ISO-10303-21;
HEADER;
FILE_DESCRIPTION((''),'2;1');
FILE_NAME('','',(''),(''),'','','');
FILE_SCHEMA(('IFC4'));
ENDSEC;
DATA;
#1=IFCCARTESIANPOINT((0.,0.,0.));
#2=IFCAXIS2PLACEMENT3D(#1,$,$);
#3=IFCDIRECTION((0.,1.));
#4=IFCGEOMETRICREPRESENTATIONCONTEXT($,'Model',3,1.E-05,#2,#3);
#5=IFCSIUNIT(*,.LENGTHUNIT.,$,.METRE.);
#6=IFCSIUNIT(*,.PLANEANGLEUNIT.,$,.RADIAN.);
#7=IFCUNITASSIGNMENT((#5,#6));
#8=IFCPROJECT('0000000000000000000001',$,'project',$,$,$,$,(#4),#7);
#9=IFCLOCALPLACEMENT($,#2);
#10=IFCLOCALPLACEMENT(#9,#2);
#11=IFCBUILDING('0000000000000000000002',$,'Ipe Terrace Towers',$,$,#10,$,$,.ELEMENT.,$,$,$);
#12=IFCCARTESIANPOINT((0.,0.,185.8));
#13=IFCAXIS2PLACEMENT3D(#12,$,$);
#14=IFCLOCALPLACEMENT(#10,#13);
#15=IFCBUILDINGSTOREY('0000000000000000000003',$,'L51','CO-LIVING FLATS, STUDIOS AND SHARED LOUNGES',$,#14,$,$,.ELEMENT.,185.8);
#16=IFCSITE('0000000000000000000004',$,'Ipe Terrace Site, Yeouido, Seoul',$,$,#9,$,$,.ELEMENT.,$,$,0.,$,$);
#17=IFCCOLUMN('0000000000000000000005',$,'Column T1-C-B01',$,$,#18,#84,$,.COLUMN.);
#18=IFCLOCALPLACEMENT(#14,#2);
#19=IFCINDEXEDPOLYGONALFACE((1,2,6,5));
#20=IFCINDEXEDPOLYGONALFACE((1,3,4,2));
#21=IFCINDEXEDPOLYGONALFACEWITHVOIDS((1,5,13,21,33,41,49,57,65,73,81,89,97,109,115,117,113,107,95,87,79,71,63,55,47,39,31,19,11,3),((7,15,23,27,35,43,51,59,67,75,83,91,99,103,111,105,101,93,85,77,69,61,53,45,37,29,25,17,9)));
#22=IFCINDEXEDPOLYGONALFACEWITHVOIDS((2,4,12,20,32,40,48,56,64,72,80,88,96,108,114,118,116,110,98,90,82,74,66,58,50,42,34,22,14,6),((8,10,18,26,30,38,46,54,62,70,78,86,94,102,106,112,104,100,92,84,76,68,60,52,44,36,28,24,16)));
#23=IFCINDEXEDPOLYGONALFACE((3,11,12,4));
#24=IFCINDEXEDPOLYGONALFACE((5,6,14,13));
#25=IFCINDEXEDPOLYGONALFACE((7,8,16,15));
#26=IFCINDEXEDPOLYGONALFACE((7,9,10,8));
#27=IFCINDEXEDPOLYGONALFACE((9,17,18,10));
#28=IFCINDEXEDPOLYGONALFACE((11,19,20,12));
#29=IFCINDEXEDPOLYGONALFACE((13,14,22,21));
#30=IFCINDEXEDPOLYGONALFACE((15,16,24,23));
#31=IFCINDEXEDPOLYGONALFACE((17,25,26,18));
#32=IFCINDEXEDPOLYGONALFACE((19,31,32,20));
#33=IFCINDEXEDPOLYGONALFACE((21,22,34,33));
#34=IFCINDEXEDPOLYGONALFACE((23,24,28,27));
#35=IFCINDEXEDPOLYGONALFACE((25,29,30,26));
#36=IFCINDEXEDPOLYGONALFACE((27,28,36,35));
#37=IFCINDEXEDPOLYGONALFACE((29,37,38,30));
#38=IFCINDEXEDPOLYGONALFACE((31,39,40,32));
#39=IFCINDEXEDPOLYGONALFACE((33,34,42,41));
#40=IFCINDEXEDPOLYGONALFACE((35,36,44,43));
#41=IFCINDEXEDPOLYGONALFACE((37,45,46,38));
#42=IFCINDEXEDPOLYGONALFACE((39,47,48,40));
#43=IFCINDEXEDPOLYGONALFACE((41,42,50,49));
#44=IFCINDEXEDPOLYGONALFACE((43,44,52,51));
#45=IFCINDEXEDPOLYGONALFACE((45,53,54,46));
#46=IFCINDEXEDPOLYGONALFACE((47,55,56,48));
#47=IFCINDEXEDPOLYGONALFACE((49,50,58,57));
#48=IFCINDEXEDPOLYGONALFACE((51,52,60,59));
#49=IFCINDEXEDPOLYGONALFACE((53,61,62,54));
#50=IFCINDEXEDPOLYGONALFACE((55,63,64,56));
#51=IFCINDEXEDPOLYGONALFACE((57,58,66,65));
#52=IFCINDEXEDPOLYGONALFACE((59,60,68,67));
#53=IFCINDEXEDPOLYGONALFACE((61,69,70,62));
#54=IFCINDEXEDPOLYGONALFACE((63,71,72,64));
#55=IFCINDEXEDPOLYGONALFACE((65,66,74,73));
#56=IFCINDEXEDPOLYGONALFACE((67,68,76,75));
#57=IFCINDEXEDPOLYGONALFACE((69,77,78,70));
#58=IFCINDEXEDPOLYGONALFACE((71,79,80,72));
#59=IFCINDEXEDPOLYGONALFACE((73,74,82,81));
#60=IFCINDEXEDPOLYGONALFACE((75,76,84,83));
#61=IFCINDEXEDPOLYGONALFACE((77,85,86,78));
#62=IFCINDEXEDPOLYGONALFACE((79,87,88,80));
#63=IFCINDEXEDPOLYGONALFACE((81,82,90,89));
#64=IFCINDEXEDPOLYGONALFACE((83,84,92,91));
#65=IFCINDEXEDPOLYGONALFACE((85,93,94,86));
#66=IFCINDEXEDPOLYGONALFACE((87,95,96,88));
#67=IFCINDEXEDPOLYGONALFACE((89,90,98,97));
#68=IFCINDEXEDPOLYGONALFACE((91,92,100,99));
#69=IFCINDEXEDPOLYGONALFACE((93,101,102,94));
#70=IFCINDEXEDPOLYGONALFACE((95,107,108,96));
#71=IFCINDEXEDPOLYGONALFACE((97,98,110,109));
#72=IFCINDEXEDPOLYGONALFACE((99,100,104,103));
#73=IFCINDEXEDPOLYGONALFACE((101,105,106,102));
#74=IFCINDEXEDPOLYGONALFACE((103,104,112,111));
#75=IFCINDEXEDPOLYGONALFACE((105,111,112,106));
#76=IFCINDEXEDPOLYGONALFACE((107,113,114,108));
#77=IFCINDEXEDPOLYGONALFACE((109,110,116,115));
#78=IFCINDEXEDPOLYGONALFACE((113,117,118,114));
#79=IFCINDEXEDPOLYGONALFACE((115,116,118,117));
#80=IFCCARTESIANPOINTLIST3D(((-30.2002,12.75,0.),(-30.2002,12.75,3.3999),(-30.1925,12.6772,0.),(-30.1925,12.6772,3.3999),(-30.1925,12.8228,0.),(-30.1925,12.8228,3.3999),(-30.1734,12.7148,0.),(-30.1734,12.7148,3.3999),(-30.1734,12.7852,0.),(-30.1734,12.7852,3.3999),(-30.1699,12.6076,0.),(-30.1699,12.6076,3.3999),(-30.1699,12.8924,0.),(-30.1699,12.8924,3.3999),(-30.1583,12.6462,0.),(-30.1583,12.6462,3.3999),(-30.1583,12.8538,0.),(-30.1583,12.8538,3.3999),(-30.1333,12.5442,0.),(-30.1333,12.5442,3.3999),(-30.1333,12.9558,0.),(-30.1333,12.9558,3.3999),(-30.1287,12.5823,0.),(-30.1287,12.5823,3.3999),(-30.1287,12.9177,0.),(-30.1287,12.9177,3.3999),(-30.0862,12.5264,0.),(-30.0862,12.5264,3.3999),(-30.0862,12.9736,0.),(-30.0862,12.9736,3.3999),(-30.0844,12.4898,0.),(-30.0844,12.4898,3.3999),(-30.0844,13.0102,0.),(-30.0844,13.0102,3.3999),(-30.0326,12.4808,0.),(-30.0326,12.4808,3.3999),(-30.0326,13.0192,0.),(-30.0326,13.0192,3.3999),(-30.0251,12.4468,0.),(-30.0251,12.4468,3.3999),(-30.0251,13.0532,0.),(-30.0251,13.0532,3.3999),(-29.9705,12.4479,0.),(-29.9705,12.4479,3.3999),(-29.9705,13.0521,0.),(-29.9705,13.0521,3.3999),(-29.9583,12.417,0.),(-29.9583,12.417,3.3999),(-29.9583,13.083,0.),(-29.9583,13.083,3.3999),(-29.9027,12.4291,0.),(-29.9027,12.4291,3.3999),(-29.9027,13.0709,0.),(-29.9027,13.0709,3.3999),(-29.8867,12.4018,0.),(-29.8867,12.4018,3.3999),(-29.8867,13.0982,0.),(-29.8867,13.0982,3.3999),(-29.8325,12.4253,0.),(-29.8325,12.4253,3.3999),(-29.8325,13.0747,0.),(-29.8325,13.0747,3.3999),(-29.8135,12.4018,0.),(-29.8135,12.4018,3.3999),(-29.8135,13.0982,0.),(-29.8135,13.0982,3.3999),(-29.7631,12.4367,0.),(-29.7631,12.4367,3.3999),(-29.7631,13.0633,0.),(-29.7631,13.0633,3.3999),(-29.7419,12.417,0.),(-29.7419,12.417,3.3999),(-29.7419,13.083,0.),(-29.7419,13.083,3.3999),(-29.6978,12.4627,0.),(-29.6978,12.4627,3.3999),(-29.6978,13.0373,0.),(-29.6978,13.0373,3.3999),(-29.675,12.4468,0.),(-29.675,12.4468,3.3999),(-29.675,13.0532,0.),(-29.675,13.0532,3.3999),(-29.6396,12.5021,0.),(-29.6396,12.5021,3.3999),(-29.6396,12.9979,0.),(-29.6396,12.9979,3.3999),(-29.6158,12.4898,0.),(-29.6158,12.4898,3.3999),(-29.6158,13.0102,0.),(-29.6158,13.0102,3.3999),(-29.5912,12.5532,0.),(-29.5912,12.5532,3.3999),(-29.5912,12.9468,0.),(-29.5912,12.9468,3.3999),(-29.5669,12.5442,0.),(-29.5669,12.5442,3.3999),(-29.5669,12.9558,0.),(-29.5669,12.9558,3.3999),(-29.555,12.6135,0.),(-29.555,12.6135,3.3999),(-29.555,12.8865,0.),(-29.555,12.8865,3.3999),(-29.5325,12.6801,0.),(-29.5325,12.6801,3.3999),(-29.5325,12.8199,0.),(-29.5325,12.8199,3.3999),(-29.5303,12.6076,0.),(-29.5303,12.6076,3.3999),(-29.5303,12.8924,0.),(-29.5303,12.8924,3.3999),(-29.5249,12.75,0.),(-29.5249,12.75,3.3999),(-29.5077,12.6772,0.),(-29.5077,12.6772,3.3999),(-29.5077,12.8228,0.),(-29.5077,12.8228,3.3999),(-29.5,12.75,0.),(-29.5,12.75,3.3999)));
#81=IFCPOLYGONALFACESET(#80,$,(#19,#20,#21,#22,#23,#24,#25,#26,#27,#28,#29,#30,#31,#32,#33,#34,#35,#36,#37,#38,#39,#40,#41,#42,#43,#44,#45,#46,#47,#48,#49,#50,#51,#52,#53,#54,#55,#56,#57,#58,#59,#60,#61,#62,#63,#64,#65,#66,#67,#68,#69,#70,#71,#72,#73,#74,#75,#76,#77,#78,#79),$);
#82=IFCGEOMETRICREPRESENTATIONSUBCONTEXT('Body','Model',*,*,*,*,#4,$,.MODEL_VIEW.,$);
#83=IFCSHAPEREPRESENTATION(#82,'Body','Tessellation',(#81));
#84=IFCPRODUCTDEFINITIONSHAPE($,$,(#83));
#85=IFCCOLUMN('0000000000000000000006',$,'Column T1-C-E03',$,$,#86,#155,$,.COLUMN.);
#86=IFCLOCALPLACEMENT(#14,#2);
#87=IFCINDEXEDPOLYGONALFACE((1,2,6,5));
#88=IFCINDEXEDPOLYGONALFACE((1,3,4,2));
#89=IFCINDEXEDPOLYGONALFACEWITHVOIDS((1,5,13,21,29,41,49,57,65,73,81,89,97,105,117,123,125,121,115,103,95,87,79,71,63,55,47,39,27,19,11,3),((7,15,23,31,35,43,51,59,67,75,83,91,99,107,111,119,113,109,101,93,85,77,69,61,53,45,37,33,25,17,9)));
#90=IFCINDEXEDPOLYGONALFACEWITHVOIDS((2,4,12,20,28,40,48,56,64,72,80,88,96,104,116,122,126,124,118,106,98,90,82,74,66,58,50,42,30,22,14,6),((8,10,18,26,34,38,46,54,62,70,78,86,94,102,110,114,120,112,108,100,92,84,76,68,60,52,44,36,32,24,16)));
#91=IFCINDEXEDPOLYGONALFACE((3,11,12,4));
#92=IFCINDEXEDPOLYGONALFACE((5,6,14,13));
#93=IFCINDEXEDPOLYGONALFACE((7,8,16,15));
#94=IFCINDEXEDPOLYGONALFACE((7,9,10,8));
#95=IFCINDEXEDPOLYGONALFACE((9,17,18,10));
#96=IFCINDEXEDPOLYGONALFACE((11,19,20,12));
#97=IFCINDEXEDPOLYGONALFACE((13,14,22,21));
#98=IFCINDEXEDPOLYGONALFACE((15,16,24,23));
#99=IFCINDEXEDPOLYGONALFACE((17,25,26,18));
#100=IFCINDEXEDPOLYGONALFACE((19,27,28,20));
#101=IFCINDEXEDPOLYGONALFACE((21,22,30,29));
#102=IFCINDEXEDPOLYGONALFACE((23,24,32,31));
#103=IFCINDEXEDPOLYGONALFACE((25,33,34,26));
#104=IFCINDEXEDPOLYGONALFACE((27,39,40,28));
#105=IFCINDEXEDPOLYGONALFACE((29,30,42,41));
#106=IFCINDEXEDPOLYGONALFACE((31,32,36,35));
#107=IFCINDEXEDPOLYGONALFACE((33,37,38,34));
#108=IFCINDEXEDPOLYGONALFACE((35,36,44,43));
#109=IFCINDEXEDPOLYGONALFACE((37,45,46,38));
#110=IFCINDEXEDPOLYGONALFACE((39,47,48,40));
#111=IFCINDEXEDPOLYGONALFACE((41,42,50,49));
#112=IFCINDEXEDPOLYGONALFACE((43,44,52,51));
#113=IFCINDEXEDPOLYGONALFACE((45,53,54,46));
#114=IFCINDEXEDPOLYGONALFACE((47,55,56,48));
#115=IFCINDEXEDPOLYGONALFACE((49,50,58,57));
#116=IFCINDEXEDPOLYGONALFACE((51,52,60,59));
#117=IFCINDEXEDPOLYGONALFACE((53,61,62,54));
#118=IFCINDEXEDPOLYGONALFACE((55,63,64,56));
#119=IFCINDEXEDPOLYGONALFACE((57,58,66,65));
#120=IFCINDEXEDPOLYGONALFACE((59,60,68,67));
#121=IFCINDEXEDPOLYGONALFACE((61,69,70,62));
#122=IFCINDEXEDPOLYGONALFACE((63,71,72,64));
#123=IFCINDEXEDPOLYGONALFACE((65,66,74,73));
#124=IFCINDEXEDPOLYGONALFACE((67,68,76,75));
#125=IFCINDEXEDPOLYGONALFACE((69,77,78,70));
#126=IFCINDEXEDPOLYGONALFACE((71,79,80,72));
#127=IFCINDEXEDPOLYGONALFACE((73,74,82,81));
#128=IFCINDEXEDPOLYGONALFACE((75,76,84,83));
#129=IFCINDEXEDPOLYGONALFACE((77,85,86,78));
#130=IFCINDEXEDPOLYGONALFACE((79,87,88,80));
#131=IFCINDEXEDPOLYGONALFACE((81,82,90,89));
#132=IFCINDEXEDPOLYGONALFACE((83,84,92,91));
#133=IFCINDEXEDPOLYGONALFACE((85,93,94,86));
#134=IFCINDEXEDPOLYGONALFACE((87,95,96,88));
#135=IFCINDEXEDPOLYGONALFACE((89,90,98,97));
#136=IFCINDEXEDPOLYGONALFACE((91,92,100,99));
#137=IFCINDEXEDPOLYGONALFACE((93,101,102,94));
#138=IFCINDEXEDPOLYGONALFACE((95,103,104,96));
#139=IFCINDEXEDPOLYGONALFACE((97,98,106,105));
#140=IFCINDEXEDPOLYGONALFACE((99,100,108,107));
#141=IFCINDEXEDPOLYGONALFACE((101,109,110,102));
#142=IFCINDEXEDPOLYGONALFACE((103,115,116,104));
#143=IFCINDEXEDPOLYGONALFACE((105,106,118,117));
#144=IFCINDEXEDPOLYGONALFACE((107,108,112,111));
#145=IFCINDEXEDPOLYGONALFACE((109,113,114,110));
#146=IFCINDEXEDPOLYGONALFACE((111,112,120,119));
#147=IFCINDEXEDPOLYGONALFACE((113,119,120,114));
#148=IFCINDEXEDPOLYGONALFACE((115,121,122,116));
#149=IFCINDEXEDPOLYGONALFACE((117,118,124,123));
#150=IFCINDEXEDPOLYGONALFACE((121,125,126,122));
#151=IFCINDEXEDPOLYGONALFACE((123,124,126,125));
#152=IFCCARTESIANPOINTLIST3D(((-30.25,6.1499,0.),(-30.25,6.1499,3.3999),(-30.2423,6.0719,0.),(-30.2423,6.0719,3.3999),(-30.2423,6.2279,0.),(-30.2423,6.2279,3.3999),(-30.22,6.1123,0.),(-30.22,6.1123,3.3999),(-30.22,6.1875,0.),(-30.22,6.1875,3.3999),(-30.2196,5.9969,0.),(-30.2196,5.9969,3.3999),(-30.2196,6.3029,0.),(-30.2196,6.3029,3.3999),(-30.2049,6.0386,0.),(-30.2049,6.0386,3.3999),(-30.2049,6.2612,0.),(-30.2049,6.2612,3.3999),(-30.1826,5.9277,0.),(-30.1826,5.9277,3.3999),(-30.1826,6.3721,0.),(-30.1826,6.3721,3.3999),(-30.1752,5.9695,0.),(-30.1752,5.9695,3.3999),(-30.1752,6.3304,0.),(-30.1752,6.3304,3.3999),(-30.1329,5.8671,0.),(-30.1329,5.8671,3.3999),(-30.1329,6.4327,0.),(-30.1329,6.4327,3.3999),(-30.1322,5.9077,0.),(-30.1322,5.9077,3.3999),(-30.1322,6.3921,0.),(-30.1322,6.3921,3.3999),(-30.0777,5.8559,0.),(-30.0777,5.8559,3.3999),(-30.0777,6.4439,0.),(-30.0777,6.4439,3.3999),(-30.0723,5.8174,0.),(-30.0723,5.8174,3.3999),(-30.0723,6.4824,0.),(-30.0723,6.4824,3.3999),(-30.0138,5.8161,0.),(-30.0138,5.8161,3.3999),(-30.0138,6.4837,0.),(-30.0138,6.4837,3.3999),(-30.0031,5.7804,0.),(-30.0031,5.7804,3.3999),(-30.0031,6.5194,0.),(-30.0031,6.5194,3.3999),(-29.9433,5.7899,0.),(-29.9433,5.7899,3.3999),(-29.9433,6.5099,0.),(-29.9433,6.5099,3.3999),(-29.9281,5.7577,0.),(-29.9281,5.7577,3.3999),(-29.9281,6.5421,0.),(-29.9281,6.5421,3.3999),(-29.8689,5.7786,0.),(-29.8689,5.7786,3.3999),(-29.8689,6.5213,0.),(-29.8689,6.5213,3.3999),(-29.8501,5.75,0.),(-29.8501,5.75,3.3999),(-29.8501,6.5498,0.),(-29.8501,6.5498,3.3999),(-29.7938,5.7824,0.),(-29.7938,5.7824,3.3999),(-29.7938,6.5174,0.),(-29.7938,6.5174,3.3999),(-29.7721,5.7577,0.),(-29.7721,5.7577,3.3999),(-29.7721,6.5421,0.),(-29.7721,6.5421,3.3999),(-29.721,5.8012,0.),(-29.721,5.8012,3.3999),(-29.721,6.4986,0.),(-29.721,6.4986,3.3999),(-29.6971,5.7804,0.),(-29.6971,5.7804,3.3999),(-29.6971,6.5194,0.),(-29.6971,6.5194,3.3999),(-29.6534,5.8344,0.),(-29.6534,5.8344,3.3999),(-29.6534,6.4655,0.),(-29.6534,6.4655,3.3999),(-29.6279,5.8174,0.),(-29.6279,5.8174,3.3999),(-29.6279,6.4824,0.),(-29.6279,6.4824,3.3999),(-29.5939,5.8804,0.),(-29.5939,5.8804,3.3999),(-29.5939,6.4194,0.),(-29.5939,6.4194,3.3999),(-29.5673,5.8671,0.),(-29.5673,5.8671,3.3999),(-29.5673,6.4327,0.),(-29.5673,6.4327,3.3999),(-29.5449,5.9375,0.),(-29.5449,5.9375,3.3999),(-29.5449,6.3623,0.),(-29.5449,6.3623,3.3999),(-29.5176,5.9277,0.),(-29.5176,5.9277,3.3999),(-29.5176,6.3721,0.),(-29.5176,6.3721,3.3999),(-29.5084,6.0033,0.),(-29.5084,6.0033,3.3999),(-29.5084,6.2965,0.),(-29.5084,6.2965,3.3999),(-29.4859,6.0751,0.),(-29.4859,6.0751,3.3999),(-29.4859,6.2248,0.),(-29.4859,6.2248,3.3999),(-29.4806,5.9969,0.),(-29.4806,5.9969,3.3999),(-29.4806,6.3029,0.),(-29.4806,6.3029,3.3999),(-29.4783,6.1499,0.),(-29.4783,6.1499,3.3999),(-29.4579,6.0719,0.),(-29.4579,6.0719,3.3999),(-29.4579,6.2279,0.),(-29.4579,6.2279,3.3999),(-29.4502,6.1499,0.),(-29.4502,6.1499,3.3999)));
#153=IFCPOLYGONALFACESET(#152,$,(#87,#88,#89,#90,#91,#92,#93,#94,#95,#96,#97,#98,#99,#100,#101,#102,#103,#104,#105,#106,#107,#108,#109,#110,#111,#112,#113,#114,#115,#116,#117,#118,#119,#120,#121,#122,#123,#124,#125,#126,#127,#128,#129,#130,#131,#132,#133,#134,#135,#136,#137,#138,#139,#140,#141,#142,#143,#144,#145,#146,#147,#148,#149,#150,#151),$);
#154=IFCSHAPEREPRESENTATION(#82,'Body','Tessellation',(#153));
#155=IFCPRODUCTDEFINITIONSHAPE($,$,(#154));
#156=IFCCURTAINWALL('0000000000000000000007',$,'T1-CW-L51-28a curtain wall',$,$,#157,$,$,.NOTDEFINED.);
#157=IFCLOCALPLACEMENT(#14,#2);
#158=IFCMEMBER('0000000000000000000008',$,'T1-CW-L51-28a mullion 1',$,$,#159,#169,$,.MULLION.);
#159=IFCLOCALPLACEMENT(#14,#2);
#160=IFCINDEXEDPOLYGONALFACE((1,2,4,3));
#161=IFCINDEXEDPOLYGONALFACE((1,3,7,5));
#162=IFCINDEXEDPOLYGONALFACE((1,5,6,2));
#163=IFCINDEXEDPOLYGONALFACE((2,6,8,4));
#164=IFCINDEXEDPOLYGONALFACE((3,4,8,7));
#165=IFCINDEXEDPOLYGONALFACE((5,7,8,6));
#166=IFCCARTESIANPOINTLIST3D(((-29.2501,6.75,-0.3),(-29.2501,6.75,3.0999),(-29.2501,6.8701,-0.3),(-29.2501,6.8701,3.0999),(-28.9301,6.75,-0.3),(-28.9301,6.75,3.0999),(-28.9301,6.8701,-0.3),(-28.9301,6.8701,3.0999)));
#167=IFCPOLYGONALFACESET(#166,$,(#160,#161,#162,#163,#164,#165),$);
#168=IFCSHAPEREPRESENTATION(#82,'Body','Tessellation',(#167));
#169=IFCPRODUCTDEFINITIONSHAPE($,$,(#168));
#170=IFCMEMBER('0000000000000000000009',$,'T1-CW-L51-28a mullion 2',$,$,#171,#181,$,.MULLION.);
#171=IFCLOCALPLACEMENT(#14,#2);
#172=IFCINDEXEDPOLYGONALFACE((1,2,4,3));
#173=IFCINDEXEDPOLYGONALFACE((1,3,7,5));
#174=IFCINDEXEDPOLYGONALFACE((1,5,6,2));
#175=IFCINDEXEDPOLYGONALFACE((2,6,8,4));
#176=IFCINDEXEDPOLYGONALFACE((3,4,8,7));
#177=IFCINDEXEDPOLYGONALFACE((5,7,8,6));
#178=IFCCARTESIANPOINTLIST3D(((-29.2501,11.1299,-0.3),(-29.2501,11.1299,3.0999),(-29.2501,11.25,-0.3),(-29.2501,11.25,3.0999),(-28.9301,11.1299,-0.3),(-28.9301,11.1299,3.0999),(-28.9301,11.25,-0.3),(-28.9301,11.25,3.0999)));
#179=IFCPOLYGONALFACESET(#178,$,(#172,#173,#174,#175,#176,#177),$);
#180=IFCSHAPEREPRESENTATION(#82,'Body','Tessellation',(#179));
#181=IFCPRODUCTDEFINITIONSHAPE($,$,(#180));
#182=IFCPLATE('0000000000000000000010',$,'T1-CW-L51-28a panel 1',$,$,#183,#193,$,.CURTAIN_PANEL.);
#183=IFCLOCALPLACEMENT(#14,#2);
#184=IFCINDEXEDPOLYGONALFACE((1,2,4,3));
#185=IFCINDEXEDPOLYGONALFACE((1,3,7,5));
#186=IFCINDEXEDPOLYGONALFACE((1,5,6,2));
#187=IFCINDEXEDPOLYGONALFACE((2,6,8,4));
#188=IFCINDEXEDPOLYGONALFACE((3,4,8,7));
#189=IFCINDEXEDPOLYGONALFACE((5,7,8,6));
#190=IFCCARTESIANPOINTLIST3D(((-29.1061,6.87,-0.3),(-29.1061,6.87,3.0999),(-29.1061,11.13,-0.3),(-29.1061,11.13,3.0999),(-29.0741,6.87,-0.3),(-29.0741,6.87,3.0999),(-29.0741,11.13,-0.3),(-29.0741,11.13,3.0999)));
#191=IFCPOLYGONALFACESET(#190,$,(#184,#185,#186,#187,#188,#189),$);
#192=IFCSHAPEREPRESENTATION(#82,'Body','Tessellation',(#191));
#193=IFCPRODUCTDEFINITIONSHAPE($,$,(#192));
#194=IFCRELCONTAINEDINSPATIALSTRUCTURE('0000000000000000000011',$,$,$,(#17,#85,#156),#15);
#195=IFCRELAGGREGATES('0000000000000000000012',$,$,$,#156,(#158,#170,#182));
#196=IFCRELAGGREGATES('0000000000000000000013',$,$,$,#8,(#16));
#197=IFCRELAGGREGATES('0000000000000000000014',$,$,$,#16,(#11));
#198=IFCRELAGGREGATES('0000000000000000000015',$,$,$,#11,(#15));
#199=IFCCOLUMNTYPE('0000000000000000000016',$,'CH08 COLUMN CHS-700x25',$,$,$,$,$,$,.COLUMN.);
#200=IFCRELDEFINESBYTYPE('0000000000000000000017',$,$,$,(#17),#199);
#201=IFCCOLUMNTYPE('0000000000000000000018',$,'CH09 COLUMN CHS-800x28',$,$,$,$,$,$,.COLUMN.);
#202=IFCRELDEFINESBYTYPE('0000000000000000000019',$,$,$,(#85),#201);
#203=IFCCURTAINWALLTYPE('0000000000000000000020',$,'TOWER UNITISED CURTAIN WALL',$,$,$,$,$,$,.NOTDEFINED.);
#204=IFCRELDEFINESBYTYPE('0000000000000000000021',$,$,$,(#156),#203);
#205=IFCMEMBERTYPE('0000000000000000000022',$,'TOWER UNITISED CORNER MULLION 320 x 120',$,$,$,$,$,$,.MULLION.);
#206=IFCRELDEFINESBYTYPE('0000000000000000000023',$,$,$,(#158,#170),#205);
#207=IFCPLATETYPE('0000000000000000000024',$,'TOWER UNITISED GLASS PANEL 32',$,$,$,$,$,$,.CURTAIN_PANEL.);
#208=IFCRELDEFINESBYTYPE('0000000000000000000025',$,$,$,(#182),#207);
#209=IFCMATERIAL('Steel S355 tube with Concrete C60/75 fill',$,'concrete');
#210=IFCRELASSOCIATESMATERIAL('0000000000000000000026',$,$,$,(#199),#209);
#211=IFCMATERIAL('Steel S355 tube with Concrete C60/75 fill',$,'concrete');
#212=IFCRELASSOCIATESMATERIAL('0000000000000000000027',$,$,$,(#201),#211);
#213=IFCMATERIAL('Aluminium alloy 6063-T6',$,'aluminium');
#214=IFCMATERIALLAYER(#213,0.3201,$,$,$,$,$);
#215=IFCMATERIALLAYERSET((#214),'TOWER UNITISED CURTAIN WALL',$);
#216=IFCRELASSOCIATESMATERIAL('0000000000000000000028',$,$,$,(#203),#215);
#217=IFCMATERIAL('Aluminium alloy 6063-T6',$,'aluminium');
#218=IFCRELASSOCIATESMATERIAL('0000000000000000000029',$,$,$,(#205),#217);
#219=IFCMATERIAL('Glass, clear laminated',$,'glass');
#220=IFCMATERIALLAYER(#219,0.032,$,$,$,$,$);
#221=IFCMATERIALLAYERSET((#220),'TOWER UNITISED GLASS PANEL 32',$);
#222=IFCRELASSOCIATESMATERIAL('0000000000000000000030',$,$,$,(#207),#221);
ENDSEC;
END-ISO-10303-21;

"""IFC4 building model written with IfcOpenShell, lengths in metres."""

from ifc_helpers import new_model, si_unit, direction, frame, origin, origin_2d, place, context, subcontext, project, spatial, rectangle, hollow_circle, extrude, material, layer, layer_set, material_profile, profile_set, type_object, element, aggregate, save


model = new_model("IFC4")

# Units and contexts
model_context = context("Model", 3, precision=1e-05, world=origin(), true_north=direction((0.0, 1.0)))
body_context = subcontext(model_context, "Body", "Model", "MODEL_VIEW")
ifc_project = project(units=[si_unit("LENGTHUNIT", "METRE"), si_unit("PLANEANGLEUNIT", "RADIAN")], contexts=[model_context])

# Site, building, storey
site_placement = place(None, origin())
site = spatial("IfcSite", under=ifc_project, at=site_placement, Name="Ipe Terrace Site, Yeouido, Seoul", CompositionType="ELEMENT", RefElevation=0.0)
building_placement = place(site_placement, origin())
building = spatial("IfcBuilding", under=site, at=building_placement, Name="Ipe Terrace Towers", CompositionType="ELEMENT")
storey_placement = place(building_placement, frame((0.0, 0.0, 185.8)))
storey = spatial("IfcBuildingStorey", under=building, at=storey_placement, Name="L51", Description="CO-LIVING FLATS, STUDIOS AND SHARED LOUNGES", CompositionType="ELEMENT", Elevation=185.8)

# Columns
ifc_material_1 = material(Name="Steel S355 tube with Concrete C60/75 fill", Category="concrete")
ifc_material_profile_1 = material_profile(ifc_material_1, hollow_circle(Radius=0.3501, WallThickness=0.0249, at=origin_2d()), Name="CHS-700x25")
ifc_profile_set_1 = profile_set([ifc_material_profile_1], Name="Steel S355 tube with Concrete C60/75 fill")
column_type_1 = type_object("IfcColumnType", Name="CH08 COLUMN CHS-700x25", PredefinedType="COLUMN", material=ifc_profile_set_1)
column_1_placement = place(storey_placement, frame((-29.8501, 12.75, 0.0), z_axis=(0.0, 0.0, 1.0), x_axis=(1.0, 0.0, 0.0)))
element("IfcColumn", 1, at=column_1_placement, inside=storey, type_object=column_type_1, Name="Column T1-C-B01", PredefinedType="COLUMN", context=body_context, shape_type="SweptSolid", body=[
    extrude(hollow_circle(Radius=0.3501, WallThickness=0.0249, at=origin_2d()), origin(), (0.0, 0.0, 1.0), 3.3999),
])
ifc_material_2 = material(Name="Steel S355 tube with Concrete C60/75 fill", Category="concrete")
ifc_material_profile_2 = material_profile(ifc_material_2, hollow_circle(Radius=0.3999, WallThickness=0.0281, at=origin_2d()), Name="CHS-800x28")
ifc_profile_set_2 = profile_set([ifc_material_profile_2], Name="Steel S355 tube with Concrete C60/75 fill")
column_type_2 = type_object("IfcColumnType", Name="CH09 COLUMN CHS-800x28", PredefinedType="COLUMN", material=ifc_profile_set_2)
column_2_placement = place(storey_placement, frame((-29.8501, 6.1499, 0.0), z_axis=(0.0, 0.0, 1.0), x_axis=(1.0, 0.0, 0.0)))
element("IfcColumn", 2, at=column_2_placement, inside=storey, type_object=column_type_2, Name="Column T1-C-E03", PredefinedType="COLUMN", context=body_context, shape_type="SweptSolid", body=[
    extrude(hollow_circle(Radius=0.3999, WallThickness=0.0281, at=origin_2d()), origin(), (0.0, 0.0, 1.0), 3.3999),
])

# Curtain wall, members, plate
ifc_material_3 = material(Name="Aluminium alloy 6063-T6", Category="aluminium")
ifc_layer_1 = layer(ifc_material_3, 0.3201)
ifc_layer_set_1 = layer_set([ifc_layer_1], Name="TOWER UNITISED CURTAIN WALL")
curtain_wall_type = type_object("IfcCurtainWallType", Name="TOWER UNITISED CURTAIN WALL", PredefinedType="NOTDEFINED", material=ifc_layer_set_1)
curtain_wall_placement = place(storey_placement, origin())
curtain_wall = element("IfcCurtainWall", 3, at=curtain_wall_placement, inside=storey, type_object=curtain_wall_type, Name="T1-CW-L51-28a curtain wall", PredefinedType="NOTDEFINED")
ifc_material_4 = material(Name="Aluminium alloy 6063-T6", Category="aluminium")
ifc_material_profile_3 = material_profile(ifc_material_4, rectangle(XDim=0.3201, YDim=0.1201, at=origin_2d()), Name="TOWER UNITISED CORNER MULLION 320 x 120")
ifc_profile_set_3 = profile_set([ifc_material_profile_3], Name="Aluminium alloy 6063-T6")
member_type = type_object("IfcMemberType", Name="TOWER UNITISED CORNER MULLION 320 x 120", PredefinedType="MULLION", material=ifc_profile_set_3)
member_1_placement = place(storey_placement, frame((-29.0901, 6.8101, -0.3), z_axis=(0.0, 0.0, 1.0), x_axis=(1.0, 0.0, 0.0)))
member_1 = element("IfcMember", 4, at=member_1_placement, type_object=member_type, Name="T1-CW-L51-28a mullion 1", PredefinedType="MULLION", context=body_context, shape_type="SweptSolid", body=[
    extrude(rectangle(XDim=0.3201, YDim=0.1201, at=origin_2d()), origin(), (0.0, 0.0, 1.0), 3.3999),
])
member_2_placement = place(storey_placement, frame((-29.0901, 11.1899, -0.3), z_axis=(0.0, 0.0, 1.0), x_axis=(1.0, 0.0, 0.0)))
member_2 = element("IfcMember", 5, at=member_2_placement, type_object=member_type, Name="T1-CW-L51-28a mullion 2", PredefinedType="MULLION", context=body_context, shape_type="SweptSolid", body=[
    extrude(rectangle(XDim=0.3201, YDim=0.1201, at=origin_2d()), origin(), (0.0, 0.0, 1.0), 3.3999),
])
ifc_material_5 = material(Name="Glass, clear laminated", Category="glass")
ifc_layer_2 = layer(ifc_material_5, 0.032)
ifc_layer_set_2 = layer_set([ifc_layer_2], Name="TOWER UNITISED GLASS PANEL 32")
plate_type = type_object("IfcPlateType", Name="TOWER UNITISED GLASS PANEL 32", PredefinedType="CURTAIN_PANEL", material=ifc_layer_set_2)
plate_placement = place(storey_placement, frame((-29.0901, 9.0, -0.3), z_axis=(0.0, 0.0, 1.0), x_axis=(0.0, 1.0, 0.0)))
plate = element("IfcPlate", 6, at=plate_placement, type_object=plate_type, Name="T1-CW-L51-28a panel 1", PredefinedType="CURTAIN_PANEL", context=body_context, shape_type="SweptSolid", body=[
    extrude(rectangle(XDim=4.26, YDim=0.032, at=origin_2d()), origin(), (0.0, 0.0, 1.0), 3.3999),
])
aggregate(curtain_wall, [member_1, member_2, plate])

save(model, "model.ifc")
